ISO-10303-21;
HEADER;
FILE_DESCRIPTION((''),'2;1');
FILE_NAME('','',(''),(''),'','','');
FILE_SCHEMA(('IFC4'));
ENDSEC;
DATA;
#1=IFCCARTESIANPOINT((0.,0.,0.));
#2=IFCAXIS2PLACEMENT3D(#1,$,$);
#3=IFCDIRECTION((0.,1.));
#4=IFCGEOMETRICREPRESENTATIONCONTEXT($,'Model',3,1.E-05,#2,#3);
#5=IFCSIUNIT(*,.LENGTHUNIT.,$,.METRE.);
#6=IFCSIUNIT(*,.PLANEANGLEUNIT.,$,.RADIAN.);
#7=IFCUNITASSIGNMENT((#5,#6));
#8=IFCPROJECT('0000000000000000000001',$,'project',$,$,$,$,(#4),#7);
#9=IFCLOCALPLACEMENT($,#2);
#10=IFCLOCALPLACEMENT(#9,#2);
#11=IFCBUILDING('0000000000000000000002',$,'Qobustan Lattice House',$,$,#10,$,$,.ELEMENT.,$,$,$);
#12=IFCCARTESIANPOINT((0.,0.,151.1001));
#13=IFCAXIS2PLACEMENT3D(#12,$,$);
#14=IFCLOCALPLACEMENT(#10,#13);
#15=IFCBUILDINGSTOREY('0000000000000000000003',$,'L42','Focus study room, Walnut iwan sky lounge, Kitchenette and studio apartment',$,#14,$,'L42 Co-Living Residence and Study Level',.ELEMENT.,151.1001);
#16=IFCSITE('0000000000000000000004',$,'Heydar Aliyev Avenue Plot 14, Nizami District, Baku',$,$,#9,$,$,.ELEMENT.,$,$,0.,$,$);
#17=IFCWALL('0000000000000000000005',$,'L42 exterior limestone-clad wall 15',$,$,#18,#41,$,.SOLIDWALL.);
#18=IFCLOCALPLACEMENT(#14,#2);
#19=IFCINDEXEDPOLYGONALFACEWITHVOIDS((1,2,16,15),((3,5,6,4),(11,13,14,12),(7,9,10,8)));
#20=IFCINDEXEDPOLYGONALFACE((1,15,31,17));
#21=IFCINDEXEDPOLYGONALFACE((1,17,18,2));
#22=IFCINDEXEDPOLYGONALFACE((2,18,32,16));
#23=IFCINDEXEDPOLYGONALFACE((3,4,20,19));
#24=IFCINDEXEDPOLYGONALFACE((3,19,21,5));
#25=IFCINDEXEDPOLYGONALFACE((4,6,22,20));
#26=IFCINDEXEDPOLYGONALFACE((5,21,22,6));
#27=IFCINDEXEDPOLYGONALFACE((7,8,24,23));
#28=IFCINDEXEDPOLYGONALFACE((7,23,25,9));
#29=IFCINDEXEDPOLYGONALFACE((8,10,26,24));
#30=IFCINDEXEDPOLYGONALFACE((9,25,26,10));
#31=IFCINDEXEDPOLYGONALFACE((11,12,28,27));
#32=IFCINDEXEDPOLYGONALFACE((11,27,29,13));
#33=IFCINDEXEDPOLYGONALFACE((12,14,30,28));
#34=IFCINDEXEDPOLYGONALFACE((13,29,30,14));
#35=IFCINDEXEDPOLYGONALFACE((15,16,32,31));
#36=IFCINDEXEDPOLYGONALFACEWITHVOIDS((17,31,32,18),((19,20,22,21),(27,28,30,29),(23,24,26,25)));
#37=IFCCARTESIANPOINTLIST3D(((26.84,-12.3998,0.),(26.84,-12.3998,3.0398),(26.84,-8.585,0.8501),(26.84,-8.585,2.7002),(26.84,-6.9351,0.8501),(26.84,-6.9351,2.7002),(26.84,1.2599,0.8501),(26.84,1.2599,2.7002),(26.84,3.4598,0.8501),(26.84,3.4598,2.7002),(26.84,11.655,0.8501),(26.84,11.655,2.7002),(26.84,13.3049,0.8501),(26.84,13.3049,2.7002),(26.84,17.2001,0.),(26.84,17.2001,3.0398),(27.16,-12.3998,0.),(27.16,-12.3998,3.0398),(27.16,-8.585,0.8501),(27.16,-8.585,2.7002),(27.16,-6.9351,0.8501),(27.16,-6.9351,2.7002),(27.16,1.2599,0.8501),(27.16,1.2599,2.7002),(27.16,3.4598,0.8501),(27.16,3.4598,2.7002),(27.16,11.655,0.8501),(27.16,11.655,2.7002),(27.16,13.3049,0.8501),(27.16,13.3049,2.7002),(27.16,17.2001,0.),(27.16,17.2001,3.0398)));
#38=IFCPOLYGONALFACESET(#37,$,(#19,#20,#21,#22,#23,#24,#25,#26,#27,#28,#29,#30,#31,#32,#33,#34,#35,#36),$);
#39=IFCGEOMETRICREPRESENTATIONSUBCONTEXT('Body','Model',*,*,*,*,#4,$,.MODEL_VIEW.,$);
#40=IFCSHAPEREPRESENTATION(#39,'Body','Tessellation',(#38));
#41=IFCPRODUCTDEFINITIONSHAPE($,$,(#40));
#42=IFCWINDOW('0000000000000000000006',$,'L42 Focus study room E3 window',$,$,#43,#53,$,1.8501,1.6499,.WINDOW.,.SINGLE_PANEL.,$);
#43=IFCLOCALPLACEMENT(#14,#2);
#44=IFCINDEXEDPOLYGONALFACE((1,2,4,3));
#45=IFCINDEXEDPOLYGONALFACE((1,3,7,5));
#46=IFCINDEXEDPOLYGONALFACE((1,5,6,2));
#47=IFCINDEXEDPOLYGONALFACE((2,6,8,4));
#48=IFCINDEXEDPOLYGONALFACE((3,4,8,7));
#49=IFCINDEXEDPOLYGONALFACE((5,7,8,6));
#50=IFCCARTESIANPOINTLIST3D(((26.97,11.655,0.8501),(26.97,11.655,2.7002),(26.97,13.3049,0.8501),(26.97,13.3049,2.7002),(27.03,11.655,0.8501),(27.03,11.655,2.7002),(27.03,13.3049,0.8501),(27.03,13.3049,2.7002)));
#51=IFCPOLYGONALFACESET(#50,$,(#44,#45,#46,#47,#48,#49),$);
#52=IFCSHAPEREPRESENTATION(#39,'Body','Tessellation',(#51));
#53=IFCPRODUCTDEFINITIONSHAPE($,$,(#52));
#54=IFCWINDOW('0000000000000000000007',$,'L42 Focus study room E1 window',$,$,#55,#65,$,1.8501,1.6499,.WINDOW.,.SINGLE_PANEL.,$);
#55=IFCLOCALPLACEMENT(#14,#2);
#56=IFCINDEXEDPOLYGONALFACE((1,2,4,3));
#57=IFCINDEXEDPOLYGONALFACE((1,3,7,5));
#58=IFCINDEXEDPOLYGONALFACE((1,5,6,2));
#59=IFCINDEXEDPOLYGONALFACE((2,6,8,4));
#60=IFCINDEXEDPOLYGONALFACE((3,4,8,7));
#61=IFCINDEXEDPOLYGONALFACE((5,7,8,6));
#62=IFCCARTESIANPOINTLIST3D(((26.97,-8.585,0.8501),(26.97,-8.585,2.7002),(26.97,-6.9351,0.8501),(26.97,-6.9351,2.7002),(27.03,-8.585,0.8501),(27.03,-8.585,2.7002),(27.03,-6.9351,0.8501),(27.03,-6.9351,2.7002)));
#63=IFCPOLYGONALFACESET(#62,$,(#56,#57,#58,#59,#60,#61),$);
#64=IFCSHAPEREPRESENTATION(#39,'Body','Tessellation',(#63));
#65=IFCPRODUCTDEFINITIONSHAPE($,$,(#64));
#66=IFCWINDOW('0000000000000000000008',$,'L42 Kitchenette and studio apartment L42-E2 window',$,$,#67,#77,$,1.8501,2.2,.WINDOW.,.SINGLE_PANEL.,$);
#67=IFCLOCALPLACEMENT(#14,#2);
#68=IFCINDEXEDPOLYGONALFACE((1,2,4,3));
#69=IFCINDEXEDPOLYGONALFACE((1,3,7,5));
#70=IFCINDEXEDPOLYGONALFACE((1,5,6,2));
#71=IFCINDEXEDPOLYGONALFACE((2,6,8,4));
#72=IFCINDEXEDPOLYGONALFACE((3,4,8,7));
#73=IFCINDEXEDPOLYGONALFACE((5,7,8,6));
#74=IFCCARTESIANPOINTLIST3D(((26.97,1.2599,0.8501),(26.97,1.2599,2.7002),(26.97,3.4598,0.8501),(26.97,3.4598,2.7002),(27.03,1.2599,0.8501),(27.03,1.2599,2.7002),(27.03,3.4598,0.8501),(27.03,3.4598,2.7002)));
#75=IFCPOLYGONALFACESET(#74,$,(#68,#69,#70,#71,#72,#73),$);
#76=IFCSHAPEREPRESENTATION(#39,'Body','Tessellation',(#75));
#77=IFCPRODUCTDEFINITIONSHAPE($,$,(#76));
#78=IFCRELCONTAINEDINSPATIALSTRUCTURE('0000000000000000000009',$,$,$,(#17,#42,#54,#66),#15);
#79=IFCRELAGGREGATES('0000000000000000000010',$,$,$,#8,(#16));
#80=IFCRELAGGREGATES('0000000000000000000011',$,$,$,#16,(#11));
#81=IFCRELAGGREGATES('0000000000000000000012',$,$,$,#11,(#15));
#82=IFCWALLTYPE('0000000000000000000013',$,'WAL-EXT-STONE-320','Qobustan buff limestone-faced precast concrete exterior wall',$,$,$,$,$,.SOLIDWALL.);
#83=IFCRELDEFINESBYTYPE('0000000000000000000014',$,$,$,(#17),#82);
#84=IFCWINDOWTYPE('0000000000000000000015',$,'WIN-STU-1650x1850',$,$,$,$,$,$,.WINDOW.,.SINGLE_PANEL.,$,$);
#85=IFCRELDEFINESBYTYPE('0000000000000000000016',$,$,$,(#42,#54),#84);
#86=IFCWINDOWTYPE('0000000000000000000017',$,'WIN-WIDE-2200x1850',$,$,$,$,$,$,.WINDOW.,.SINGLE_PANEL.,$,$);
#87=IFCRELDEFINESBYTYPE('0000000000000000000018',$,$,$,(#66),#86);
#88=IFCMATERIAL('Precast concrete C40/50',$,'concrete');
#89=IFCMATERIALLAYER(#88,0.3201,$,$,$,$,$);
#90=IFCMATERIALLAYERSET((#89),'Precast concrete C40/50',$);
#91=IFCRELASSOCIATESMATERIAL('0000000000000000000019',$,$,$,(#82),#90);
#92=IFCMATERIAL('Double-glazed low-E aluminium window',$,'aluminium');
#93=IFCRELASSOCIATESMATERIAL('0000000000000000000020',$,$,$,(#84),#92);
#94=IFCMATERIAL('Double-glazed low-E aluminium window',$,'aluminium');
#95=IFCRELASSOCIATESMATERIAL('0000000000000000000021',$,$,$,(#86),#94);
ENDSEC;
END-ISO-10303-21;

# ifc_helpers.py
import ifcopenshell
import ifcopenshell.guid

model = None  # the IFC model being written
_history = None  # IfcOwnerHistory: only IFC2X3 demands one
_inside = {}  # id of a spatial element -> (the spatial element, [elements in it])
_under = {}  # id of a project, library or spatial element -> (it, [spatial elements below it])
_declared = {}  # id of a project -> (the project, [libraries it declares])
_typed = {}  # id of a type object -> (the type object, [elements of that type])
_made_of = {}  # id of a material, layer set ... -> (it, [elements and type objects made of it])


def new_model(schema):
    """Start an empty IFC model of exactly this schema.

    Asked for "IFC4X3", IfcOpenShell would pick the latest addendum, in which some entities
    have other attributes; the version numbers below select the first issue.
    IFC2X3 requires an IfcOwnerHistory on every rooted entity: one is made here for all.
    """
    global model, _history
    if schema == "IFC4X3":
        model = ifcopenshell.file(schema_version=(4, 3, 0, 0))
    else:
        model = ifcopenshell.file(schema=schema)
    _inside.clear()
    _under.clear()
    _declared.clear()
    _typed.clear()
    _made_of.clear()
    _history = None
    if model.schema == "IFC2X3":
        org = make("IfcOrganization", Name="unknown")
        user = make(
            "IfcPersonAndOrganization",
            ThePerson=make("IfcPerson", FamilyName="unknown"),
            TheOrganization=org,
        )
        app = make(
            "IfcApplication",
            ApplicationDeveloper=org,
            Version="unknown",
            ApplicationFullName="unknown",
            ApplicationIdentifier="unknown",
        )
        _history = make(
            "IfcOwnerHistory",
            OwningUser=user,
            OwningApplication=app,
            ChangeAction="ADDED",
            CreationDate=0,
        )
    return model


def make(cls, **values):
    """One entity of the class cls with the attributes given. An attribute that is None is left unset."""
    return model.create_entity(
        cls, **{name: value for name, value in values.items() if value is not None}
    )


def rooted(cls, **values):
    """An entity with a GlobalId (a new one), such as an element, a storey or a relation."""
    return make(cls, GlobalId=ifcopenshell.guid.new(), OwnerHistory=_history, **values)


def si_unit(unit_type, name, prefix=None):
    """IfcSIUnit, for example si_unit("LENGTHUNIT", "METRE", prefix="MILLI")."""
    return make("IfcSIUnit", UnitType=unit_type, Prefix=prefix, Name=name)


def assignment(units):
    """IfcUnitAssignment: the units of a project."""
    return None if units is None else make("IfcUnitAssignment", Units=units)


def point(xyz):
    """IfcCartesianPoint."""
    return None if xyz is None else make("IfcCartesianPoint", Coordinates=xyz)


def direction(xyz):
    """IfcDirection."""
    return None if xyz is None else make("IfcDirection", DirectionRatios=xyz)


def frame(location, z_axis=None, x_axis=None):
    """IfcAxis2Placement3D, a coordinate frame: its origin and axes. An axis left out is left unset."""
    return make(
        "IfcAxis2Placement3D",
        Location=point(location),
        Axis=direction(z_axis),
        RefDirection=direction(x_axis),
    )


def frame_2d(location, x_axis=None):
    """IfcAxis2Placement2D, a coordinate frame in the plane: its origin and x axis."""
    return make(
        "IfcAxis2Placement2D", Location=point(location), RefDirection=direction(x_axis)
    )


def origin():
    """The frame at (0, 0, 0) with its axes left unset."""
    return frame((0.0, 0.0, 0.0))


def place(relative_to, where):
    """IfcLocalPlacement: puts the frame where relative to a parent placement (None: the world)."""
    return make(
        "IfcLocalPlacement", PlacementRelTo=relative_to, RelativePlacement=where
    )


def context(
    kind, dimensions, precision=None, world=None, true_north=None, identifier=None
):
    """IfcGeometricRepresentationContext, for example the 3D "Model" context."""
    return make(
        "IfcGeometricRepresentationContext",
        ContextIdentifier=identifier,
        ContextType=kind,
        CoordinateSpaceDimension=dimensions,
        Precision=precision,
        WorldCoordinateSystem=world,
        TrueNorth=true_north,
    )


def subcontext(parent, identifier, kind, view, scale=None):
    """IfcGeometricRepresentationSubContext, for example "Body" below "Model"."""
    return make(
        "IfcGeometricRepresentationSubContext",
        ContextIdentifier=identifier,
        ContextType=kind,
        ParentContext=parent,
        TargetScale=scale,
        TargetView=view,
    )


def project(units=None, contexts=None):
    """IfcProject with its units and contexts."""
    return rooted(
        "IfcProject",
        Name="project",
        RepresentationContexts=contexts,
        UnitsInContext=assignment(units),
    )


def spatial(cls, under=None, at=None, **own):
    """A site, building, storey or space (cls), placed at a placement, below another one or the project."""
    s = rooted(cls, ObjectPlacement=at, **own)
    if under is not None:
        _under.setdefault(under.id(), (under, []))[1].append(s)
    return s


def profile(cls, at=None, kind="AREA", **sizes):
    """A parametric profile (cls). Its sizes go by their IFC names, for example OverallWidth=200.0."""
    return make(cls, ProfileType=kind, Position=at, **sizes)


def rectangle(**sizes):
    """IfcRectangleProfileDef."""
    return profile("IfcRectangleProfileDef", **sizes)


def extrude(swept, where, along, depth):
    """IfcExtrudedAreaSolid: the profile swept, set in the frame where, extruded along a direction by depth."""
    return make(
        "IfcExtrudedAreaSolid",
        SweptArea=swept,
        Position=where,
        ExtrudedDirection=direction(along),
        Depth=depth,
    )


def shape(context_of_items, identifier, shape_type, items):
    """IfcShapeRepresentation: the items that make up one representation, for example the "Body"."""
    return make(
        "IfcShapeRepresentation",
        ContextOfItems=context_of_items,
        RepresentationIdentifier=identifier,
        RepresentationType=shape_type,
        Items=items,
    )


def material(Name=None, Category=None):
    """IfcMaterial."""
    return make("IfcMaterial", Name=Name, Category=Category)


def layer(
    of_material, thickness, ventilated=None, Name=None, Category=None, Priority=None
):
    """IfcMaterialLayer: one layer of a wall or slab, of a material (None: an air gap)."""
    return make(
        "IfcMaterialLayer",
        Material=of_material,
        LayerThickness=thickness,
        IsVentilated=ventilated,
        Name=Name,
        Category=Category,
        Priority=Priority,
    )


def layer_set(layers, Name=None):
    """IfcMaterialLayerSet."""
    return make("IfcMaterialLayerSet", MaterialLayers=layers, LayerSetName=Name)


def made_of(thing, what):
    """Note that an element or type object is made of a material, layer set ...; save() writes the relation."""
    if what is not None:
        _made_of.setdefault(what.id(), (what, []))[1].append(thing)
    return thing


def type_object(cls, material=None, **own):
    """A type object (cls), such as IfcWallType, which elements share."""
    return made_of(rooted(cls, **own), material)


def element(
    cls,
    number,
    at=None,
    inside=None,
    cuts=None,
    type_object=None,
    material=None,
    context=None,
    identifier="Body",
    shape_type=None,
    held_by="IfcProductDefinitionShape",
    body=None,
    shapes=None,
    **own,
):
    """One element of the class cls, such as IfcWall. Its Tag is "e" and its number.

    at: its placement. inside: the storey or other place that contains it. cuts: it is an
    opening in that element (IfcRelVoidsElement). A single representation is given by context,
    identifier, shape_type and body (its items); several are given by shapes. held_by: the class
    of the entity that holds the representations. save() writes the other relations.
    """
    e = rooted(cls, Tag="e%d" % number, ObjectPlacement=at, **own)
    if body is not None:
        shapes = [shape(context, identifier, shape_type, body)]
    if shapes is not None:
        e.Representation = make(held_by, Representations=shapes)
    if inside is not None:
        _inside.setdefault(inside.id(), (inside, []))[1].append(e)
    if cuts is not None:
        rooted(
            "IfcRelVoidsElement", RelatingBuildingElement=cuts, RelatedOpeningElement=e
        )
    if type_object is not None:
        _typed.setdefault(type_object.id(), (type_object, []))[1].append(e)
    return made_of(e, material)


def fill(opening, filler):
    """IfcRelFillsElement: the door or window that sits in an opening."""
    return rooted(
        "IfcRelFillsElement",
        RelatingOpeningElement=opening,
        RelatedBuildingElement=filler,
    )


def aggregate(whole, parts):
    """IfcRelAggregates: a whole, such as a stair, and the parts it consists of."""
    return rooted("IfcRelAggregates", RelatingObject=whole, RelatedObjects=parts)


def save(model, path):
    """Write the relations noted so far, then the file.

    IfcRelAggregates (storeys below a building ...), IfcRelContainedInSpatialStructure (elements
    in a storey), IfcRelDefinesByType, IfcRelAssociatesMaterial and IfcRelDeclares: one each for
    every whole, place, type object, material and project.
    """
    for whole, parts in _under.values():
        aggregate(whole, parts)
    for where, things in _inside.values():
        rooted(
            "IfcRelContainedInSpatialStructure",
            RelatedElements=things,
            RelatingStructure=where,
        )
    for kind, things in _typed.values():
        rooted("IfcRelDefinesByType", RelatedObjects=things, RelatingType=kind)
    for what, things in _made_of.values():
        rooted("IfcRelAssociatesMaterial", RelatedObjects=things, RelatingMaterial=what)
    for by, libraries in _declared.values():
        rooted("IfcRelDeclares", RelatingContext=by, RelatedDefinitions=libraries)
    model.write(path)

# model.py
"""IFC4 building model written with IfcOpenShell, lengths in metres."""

from ifc_helpers import new_model, si_unit, direction, frame, frame_2d, origin, place, context, subcontext, project, spatial, rectangle, extrude, material, layer, layer_set, type_object, element, fill, save


model = new_model("IFC4")

# Units and contexts
model_context = context("Model", 3, precision=1e-05, world=origin(), true_north=direction((0.0, 1.0)))
body_context = subcontext(model_context, "Body", "Model", "MODEL_VIEW")
ifc_project = project(units=[si_unit("LENGTHUNIT", "METRE"), si_unit("PLANEANGLEUNIT", "RADIAN")], contexts=[model_context])

# Site, building, storey
site_placement = place(None, origin())
site = spatial("IfcSite", under=ifc_project, at=site_placement, Name="Heydar Aliyev Avenue Plot 14, Nizami District, Baku", CompositionType="ELEMENT", RefElevation=0.0)
building_placement = place(site_placement, origin())
building = spatial("IfcBuilding", under=site, at=building_placement, Name="Qobustan Lattice House", CompositionType="ELEMENT")
storey_placement = place(building_placement, frame((0.0, 0.0, 151.1001)))
storey = spatial("IfcBuildingStorey", under=building, at=storey_placement, Name="L42", Description="Focus study room, Walnut iwan sky lounge, Kitchenette and studio apartment", LongName="L42 Co-Living Residence and Study Level", CompositionType="ELEMENT", Elevation=151.1001)

# Shared definitions
ifc_material_1 = material(Name="Precast concrete C40/50", Category="concrete")
ifc_layer_1 = layer(ifc_material_1, 0.3201)
ifc_layer_set_1 = layer_set([ifc_layer_1], Name="Precast concrete C40/50")
wall_type = type_object("IfcWallType", Name="WAL-EXT-STONE-320", Description="Qobustan buff limestone-faced precast concrete exterior wall", PredefinedType="SOLIDWALL", material=ifc_layer_set_1)

# Wall, openings, windows
wall_1_placement = place(storey_placement, frame((27.0, 17.2, 0.0), z_axis=(0.0, 0.0, 1.0), x_axis=(0.0, -1.0, 0.0)))
wall_1 = element("IfcWall", 1, at=wall_1_placement, inside=storey, type_object=wall_type, Name="L42 exterior limestone-clad wall 15", PredefinedType="SOLIDWALL", context=body_context, shape_type="SweptSolid", body=[
    extrude(rectangle(XDim=29.5999, YDim=0.3201, at=frame_2d((14.7998, 0.0))), origin(), (0.0, 0.0, 1.0), 3.0398),
])
opening_1_placement = place(wall_1_placement, frame((3.895, 0.0, 0.8501)))
opening_1 = element("IfcOpeningElement", 2, at=opening_1_placement, cuts=wall_1, PredefinedType="OPENING", context=body_context, shape_type="SweptSolid", body=[
    extrude(rectangle(XDim=1.6499, YDim=1.8501, at=frame_2d((0.825, 0.925))), frame((0.0, 0.1699, 0.0), z_axis=(0.0, -1.0, 0.0), x_axis=(1.0, 0.0, 0.0)), (0.0, 0.0, 1.0), 0.3401),
])
opening_2_placement = place(wall_1_placement, frame((13.74, 0.0, 0.8501)))
opening_2 = element("IfcOpeningElement", 3, at=opening_2_placement, cuts=wall_1, PredefinedType="OPENING", context=body_context, shape_type="SweptSolid", body=[
    extrude(rectangle(XDim=2.2, YDim=1.8501, at=frame_2d((1.1001, 0.925))), frame((0.0, 0.1699, 0.0), z_axis=(0.0, -1.0, 0.0), x_axis=(1.0, 0.0, 0.0)), (0.0, 0.0, 1.0), 0.3401),
])
opening_3_placement = place(wall_1_placement, frame((24.135, 0.0, 0.8501)))
opening_3 = element("IfcOpeningElement", 4, at=opening_3_placement, cuts=wall_1, PredefinedType="OPENING", context=body_context, shape_type="SweptSolid", body=[
    extrude(rectangle(XDim=1.6499, YDim=1.8501, at=frame_2d((0.825, 0.925))), frame((0.0, 0.1699, 0.0), z_axis=(0.0, -1.0, 0.0), x_axis=(1.0, 0.0, 0.0)), (0.0, 0.0, 1.0), 0.3401),
])
ifc_material_2 = material(Name="Double-glazed low-E aluminium window", Category="aluminium")
window_type_1 = type_object("IfcWindowType", Name="WIN-STU-1650x1850", PartitioningType="SINGLE_PANEL", PredefinedType="WINDOW", material=ifc_material_2)
window_1_placement = place(opening_1_placement, origin())
window_1 = element("IfcWindow", 5, at=window_1_placement, inside=storey, type_object=window_type_1, Name="L42 Focus study room E3 window", OverallHeight=1.8501, OverallWidth=1.6499, PartitioningType="SINGLE_PANEL", PredefinedType="WINDOW", context=body_context, shape_type="SweptSolid", body=[
    extrude(rectangle(XDim=1.6499, YDim=1.8501, at=frame_2d((0.825, 0.925))), frame((0.0, 0.03, 0.0), z_axis=(0.0, -1.0, 0.0), x_axis=(1.0, 0.0, 0.0)), (0.0, 0.0, 1.0), 0.0601),
])
fill(opening_1, window_1)
window_2_placement = place(opening_3_placement, origin())
window_2 = element("IfcWindow", 6, at=window_2_placement, inside=storey, type_object=window_type_1, Name="L42 Focus study room E1 window", OverallHeight=1.8501, OverallWidth=1.6499, PartitioningType="SINGLE_PANEL", PredefinedType="WINDOW", context=body_context, shape_type="SweptSolid", body=[
    extrude(rectangle(XDim=1.6499, YDim=1.8501, at=frame_2d((0.825, 0.925))), frame((0.0, 0.03, 0.0), z_axis=(0.0, -1.0, 0.0), x_axis=(1.0, 0.0, 0.0)), (0.0, 0.0, 1.0), 0.0601),
])
fill(opening_3, window_2)
ifc_material_3 = material(Name="Double-glazed low-E aluminium window", Category="aluminium")
window_type_2 = type_object("IfcWindowType", Name="WIN-WIDE-2200x1850", PartitioningType="SINGLE_PANEL", PredefinedType="WINDOW", material=ifc_material_3)
window_3_placement = place(opening_2_placement, origin())
window_3 = element("IfcWindow", 7, at=window_3_placement, inside=storey, type_object=window_type_2, Name="L42 Kitchenette and studio apartment L42-E2 window", OverallHeight=1.8501, OverallWidth=2.2, PartitioningType="SINGLE_PANEL", PredefinedType="WINDOW", context=body_context, shape_type="SweptSolid", body=[
    extrude(rectangle(XDim=2.2, YDim=1.8501, at=frame_2d((1.1001, 0.925))), frame((0.0, 0.03, 0.0), z_axis=(0.0, -1.0, 0.0), x_axis=(1.0, 0.0, 0.0)), (0.0, 0.0, 1.0), 0.0601),
])
fill(opening_2, window_3)

save(model, "model.ifc")
